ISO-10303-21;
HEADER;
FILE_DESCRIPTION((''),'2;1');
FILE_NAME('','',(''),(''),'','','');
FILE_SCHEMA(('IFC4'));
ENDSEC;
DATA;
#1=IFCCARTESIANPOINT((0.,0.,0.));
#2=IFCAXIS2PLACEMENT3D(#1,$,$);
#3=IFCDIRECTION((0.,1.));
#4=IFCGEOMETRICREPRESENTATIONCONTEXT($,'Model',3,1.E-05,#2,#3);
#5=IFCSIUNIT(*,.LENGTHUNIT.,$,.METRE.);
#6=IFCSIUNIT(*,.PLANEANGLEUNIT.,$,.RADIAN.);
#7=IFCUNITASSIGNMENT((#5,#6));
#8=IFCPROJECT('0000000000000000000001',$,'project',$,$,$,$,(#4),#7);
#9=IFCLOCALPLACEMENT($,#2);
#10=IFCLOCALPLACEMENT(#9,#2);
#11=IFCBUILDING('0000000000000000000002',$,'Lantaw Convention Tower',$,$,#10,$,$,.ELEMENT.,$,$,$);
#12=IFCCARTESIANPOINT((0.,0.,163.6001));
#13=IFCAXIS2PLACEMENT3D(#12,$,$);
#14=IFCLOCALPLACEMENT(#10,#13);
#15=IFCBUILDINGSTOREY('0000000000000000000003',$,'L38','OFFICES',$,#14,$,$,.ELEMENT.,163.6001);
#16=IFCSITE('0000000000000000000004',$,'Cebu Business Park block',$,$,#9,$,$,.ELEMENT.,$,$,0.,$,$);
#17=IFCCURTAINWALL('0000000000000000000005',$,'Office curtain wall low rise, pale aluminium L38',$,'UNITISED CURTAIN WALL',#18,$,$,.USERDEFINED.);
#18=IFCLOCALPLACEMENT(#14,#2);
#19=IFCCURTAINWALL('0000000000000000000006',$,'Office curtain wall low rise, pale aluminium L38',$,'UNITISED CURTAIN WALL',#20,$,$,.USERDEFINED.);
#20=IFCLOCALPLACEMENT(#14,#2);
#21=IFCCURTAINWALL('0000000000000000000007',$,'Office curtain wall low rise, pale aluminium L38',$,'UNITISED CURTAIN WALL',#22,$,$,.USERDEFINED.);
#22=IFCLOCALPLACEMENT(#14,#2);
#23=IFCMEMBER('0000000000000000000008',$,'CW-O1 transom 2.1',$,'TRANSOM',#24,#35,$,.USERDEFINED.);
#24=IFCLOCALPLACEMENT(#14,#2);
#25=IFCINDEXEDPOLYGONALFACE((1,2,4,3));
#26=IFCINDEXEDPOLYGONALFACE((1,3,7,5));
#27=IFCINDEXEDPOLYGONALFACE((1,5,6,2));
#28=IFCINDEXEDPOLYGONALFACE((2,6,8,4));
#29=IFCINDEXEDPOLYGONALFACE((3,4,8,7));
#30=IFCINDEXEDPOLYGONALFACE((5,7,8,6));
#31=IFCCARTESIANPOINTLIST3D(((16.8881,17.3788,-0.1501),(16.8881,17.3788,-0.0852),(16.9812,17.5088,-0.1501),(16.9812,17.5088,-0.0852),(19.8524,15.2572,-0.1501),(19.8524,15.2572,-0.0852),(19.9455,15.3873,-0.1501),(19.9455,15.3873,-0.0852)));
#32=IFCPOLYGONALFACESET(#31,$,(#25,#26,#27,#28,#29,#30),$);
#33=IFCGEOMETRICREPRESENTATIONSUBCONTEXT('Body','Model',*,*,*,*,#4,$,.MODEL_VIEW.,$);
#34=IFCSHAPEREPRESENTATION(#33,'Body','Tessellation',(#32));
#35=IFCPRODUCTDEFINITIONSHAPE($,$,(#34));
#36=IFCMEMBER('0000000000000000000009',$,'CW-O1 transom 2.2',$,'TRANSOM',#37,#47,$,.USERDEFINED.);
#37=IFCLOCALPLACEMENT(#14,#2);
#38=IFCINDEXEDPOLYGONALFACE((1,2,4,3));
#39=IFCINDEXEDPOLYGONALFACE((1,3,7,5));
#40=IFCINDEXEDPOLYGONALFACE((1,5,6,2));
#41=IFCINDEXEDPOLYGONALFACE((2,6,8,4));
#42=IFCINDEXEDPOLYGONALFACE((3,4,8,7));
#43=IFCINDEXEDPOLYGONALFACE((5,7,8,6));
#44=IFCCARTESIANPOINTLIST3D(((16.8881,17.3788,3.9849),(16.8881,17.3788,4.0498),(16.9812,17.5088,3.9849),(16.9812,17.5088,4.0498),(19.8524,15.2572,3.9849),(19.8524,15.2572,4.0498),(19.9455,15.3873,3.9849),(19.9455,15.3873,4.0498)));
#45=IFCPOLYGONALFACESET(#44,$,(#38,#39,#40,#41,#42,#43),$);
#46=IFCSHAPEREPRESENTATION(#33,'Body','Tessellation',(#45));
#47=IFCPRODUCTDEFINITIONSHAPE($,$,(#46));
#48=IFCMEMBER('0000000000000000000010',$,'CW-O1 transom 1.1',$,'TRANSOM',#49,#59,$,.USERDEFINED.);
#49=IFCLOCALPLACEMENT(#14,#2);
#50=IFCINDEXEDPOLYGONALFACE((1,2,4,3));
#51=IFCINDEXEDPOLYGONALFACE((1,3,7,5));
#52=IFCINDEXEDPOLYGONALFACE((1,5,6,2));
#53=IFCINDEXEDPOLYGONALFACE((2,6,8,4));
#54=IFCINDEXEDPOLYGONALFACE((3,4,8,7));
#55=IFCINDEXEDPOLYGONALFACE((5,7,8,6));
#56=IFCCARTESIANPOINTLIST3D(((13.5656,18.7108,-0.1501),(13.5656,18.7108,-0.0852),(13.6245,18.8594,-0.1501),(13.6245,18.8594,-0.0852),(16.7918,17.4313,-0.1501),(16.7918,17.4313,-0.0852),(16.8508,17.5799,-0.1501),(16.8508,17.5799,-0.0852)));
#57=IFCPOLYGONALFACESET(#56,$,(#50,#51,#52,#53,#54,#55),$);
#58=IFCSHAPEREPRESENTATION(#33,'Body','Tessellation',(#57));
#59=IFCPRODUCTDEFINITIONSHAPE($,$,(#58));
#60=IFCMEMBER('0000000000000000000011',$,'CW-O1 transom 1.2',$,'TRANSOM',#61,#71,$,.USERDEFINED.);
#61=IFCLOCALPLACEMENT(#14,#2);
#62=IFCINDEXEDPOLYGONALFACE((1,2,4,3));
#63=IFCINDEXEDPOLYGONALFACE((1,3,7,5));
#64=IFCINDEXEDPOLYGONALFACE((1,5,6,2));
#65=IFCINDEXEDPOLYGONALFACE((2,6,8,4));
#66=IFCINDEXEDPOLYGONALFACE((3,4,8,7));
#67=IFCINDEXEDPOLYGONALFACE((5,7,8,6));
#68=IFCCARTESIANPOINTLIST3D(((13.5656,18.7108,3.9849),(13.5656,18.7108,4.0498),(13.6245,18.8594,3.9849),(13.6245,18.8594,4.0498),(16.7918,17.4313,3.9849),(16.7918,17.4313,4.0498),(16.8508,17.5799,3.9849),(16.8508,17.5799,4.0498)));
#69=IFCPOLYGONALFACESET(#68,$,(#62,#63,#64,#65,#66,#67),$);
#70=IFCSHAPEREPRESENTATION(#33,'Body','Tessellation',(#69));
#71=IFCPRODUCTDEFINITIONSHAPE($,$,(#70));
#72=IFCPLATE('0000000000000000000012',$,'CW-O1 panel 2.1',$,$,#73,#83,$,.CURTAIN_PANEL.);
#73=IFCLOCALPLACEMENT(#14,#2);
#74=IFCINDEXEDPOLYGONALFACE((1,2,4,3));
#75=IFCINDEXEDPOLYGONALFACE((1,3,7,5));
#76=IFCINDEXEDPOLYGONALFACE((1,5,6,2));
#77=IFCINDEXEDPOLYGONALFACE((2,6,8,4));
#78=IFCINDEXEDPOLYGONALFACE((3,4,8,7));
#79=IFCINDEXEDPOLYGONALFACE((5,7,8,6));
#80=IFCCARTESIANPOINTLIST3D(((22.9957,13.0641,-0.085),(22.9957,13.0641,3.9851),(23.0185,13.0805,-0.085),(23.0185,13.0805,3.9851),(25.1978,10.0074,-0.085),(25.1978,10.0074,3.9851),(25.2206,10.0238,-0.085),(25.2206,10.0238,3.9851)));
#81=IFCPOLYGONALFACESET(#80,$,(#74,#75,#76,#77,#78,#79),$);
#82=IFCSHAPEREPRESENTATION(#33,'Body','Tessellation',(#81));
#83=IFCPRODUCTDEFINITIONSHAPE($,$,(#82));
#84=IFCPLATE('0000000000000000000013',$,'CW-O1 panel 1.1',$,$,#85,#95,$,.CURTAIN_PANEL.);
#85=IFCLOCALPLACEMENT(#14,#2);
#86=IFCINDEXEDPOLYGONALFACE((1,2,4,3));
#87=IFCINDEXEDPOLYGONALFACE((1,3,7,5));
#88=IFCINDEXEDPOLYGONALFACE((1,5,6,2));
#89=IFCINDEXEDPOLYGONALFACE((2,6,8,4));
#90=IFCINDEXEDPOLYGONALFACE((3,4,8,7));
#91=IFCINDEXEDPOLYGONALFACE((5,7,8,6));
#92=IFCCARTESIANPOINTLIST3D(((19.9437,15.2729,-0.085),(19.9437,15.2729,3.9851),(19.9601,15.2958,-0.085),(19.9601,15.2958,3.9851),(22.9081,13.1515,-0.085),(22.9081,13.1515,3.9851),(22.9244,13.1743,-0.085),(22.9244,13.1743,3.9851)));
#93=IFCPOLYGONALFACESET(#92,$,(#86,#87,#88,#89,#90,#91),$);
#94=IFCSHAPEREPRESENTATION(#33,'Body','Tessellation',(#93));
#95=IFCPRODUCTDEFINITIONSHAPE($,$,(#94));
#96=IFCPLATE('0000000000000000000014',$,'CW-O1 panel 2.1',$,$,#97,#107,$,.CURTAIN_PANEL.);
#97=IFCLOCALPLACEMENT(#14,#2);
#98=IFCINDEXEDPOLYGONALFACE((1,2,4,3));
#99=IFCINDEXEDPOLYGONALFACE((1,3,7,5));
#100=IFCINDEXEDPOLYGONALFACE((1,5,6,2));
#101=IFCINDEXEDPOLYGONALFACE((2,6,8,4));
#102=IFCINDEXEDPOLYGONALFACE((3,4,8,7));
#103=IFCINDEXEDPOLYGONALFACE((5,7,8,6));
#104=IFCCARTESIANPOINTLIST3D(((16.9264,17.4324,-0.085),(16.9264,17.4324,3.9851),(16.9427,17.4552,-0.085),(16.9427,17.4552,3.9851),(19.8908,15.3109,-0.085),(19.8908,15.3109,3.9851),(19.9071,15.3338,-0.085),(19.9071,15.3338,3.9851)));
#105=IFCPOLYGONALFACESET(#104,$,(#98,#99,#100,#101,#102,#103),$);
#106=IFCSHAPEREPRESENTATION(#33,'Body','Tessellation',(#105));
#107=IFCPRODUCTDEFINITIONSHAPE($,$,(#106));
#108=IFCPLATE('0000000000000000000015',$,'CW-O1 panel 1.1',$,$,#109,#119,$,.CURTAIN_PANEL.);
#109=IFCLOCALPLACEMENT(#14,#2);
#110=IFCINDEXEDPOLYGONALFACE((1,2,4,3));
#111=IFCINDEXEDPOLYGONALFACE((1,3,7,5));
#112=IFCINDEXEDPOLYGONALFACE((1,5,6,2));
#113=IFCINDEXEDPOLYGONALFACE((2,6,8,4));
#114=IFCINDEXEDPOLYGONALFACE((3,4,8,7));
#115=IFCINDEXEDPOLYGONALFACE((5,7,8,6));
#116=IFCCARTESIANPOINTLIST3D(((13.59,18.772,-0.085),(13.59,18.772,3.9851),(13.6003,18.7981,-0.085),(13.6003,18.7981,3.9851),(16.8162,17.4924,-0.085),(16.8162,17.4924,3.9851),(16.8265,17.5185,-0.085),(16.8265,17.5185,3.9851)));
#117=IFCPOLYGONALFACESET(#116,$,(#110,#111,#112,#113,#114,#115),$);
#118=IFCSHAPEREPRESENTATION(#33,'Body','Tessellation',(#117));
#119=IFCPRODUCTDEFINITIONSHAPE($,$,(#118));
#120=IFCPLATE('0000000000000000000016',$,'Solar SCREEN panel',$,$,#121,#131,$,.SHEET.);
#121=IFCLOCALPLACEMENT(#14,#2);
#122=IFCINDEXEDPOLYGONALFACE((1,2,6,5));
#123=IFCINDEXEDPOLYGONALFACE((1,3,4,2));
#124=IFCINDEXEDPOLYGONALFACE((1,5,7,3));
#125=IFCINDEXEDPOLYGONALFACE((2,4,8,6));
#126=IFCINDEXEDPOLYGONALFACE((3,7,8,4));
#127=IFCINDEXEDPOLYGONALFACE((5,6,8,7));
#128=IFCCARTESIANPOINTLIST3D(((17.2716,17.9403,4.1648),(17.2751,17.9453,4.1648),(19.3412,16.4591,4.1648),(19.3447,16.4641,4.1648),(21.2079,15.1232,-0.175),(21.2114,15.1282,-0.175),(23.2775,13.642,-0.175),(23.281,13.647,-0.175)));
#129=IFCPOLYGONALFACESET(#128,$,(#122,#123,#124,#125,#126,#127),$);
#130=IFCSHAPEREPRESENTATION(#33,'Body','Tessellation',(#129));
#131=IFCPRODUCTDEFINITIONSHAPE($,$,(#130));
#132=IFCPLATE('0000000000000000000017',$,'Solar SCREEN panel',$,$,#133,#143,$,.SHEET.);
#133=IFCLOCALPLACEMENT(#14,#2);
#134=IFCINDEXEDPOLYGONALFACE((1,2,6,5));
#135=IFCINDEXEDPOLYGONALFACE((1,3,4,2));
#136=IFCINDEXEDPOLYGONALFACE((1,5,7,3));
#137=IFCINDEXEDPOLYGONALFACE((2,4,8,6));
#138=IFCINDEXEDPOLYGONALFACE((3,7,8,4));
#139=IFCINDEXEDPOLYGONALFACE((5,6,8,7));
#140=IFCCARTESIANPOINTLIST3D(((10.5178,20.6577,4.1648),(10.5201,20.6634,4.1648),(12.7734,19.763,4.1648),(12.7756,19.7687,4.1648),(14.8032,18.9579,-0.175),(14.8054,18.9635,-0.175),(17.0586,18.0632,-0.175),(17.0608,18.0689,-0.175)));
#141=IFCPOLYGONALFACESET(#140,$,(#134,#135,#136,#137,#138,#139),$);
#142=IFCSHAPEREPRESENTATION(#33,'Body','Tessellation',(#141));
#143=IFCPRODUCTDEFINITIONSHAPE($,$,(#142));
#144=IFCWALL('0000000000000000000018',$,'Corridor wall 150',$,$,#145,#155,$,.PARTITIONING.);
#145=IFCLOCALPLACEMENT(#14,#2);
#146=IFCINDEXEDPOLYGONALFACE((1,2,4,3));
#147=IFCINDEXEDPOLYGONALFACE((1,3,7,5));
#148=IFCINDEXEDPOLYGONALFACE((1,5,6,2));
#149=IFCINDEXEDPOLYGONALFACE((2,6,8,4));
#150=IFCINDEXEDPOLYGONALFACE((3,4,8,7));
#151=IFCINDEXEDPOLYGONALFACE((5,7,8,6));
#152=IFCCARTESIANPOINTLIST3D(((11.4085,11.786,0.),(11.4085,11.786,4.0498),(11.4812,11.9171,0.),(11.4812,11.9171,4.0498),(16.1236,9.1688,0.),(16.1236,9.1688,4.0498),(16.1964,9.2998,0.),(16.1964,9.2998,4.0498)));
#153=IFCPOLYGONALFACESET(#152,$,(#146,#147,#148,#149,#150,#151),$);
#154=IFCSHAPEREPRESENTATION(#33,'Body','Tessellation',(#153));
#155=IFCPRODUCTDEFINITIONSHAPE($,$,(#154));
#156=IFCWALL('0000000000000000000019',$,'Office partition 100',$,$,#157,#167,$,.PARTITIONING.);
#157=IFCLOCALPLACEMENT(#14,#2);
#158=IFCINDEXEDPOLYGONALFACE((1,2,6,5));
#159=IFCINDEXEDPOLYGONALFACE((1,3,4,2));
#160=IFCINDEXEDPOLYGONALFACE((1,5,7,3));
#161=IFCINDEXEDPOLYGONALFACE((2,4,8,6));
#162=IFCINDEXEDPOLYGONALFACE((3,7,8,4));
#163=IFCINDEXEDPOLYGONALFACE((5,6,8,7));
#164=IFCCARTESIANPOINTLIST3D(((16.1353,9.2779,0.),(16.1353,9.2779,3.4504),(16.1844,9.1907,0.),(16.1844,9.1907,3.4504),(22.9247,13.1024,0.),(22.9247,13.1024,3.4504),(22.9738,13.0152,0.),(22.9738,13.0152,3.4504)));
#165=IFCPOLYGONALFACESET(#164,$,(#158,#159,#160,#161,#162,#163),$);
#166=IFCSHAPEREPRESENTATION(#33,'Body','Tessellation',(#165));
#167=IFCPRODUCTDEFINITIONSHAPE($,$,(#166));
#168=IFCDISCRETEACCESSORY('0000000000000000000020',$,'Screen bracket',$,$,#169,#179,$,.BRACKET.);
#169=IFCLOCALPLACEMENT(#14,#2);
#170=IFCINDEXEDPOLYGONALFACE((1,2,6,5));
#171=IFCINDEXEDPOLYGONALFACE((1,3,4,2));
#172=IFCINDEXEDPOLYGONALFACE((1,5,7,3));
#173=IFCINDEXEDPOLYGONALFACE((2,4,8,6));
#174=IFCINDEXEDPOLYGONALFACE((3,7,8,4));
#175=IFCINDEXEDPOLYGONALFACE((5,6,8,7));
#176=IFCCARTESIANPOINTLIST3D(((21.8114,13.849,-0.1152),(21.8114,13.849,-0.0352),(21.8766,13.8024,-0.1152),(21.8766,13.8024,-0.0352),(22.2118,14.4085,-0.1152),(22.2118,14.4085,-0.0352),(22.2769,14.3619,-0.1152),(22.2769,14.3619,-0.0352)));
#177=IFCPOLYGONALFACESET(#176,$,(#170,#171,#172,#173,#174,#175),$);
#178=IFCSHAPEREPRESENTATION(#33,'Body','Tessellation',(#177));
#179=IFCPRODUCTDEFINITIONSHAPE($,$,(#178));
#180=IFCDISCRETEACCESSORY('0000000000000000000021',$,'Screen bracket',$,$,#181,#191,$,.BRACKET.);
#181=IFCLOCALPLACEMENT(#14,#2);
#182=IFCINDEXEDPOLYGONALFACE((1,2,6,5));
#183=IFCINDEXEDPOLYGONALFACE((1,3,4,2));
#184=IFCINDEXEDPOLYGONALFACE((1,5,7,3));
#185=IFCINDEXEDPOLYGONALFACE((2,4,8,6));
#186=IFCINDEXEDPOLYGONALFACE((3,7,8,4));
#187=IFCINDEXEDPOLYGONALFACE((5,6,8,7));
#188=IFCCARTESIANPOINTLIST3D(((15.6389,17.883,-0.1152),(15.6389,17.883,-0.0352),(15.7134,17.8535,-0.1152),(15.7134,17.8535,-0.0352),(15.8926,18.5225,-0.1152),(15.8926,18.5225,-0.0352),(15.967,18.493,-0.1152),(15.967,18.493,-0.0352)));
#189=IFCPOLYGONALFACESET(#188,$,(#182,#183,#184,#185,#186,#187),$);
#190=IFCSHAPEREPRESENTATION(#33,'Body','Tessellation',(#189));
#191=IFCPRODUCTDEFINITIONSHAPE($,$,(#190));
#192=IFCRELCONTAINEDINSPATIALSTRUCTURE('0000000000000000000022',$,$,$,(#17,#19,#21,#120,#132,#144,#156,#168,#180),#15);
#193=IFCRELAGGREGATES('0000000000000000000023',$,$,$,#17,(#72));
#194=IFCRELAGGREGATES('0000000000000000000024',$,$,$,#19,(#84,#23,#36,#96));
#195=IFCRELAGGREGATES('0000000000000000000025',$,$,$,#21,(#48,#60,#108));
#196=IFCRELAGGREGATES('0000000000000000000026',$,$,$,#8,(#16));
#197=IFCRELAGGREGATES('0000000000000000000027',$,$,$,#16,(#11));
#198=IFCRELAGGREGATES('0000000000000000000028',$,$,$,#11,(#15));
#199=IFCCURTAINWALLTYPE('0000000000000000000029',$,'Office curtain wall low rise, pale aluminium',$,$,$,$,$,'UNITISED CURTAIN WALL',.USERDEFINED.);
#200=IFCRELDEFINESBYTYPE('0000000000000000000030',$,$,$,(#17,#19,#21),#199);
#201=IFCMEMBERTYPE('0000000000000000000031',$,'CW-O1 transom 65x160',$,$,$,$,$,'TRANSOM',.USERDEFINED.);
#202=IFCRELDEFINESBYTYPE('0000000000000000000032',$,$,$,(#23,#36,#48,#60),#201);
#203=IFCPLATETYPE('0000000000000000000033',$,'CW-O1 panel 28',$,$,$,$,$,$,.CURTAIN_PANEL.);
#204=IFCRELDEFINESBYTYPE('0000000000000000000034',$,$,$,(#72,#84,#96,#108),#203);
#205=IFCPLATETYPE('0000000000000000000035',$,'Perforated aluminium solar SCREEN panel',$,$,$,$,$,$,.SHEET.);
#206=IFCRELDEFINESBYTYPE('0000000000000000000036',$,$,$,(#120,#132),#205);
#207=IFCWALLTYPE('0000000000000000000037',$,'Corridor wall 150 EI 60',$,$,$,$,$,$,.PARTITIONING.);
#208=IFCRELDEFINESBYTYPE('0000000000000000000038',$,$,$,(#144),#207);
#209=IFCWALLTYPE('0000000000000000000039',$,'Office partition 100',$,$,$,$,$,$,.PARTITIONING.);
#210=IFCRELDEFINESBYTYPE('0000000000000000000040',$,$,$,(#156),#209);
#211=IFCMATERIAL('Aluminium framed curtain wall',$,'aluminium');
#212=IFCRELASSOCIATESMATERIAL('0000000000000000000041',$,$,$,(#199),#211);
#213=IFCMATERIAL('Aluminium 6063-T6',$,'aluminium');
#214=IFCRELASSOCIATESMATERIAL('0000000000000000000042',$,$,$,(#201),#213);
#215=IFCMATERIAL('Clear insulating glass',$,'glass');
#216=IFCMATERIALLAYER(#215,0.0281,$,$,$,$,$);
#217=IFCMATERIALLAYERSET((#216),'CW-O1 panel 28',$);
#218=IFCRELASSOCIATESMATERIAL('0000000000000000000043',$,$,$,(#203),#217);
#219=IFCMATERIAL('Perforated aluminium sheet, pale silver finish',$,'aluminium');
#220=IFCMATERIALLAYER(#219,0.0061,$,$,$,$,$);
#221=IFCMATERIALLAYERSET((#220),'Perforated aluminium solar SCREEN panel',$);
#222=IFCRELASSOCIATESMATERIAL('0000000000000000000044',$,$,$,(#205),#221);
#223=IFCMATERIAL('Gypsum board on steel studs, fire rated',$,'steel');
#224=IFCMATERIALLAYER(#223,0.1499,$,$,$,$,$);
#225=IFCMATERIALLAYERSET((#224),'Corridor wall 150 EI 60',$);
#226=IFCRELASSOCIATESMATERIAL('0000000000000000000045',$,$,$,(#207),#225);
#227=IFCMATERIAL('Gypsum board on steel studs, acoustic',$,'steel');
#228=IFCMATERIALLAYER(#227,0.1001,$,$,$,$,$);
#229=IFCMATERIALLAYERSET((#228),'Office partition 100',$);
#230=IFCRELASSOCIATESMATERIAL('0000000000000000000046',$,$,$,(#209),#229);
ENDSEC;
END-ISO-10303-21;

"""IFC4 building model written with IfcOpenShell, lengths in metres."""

from ifc_helpers import new_model, si_unit, direction, frame, frame_2d, origin, origin_2d, place, context, subcontext, project, spatial, polyline, rectangle, outline, extrude, material, layer, layer_set, material_profile, profile_set, type_object, element, aggregate, save


model = new_model("IFC4")

# Units and contexts
model_context = context("Model", 3, precision=1e-05, world=origin(), true_north=direction((0.0, 1.0)))
body_context = subcontext(model_context, "Body", "Model", "MODEL_VIEW")
ifc_project = project(units=[si_unit("LENGTHUNIT", "METRE"), si_unit("PLANEANGLEUNIT", "RADIAN")], contexts=[model_context])

# Site, building, storey
site_placement = place(None, origin())
site = spatial("IfcSite", under=ifc_project, at=site_placement, Name="Cebu Business Park block", CompositionType="ELEMENT", RefElevation=0.0)
building_placement = place(site_placement, origin())
building = spatial("IfcBuilding", under=site, at=building_placement, Name="Lantaw Convention Tower", CompositionType="ELEMENT")
storey_placement = place(building_placement, frame((0.0, 0.0, 163.6001)))
storey = spatial("IfcBuildingStorey", under=building, at=storey_placement, Name="L38", Description="OFFICES", CompositionType="ELEMENT", Elevation=163.6001)

# Curtain walls
ifc_material_1 = material(Name="Aluminium framed curtain wall", Category="aluminium")
curtain_wall_type = type_object("IfcCurtainWallType", Name="Office curtain wall low rise, pale aluminium", ElementType="UNITISED CURTAIN WALL", PredefinedType="USERDEFINED", material=ifc_material_1)
curtain_wall_1_placement = place(storey_placement, origin())
curtain_wall_1 = element("IfcCurtainWall", 1, at=curtain_wall_1_placement, inside=storey, type_object=curtain_wall_type, Name="Office curtain wall low rise, pale aluminium L38", ObjectType="UNITISED CURTAIN WALL", PredefinedType="USERDEFINED")
ifc_material_2 = material(Name="Aluminium 6063-T6", Category="aluminium")
curtain_wall_2_placement = place(storey_placement, origin())
curtain_wall_2 = element("IfcCurtainWall", 2, at=curtain_wall_2_placement, inside=storey, type_object=curtain_wall_type, Name="Office curtain wall low rise, pale aluminium L38", ObjectType="UNITISED CURTAIN WALL", PredefinedType="USERDEFINED")
curtain_wall_3_placement = place(storey_placement, origin())
curtain_wall_3 = element("IfcCurtainWall", 3, at=curtain_wall_3_placement, inside=storey, type_object=curtain_wall_type, Name="Office curtain wall low rise, pale aluminium L38", ObjectType="UNITISED CURTAIN WALL", PredefinedType="USERDEFINED")

# Members
ifc_material_profile_1 = material_profile(ifc_material_2, rectangle(XDim=0.1599, YDim=0.0649, at=origin_2d()), Name="CW-O1 transom 65x160")
ifc_profile_set_1 = profile_set([ifc_material_profile_1], Name="Aluminium 6063-T6")
member_type_1 = type_object("IfcMemberType", Name="CW-O1 transom 65x160", ElementType="TRANSOM", PredefinedType="USERDEFINED", material=ifc_profile_set_1)
member_1_placement = place(storey_placement, frame((19.8989, 15.3223, -0.1177), z_axis=(-0.81319, 0.581998, 0.0), x_axis=(-0.581998, -0.81319, 0.0)))
member_1 = element("IfcMember", 4, at=member_1_placement, type_object=member_type_1, Name="CW-O1 transom 2.1", ObjectType="TRANSOM", PredefinedType="USERDEFINED", context=body_context, shape_type="SweptSolid", body=[
    extrude(rectangle(XDim=0.1599, YDim=0.0649, at=origin_2d()), origin(), (0.0, 0.0, 1.0), 3.6453),
])
member_2_placement = place(storey_placement, frame((19.8989, 15.3223, 4.0173), z_axis=(-0.81319, 0.581998, 0.0), x_axis=(-0.581998, -0.81319, 0.0)))
member_2 = element("IfcMember", 5, at=member_2_placement, type_object=member_type_1, Name="CW-O1 transom 2.2", ObjectType="TRANSOM", PredefinedType="USERDEFINED", context=body_context, shape_type="SweptSolid", body=[
    extrude(rectangle(XDim=0.1599, YDim=0.0649, at=origin_2d()), origin(), (0.0, 0.0, 1.0), 3.6453),
])
member_3_placement = place(storey_placement, frame((16.8213, 17.5056, -0.1177), z_axis=(-0.929564, 0.36866, 0.0), x_axis=(-0.36866, -0.929564, 0.0)))
member_3 = element("IfcMember", 6, at=member_3_placement, type_object=member_type_1, Name="CW-O1 transom 1.1", ObjectType="TRANSOM", PredefinedType="USERDEFINED", context=body_context, shape_type="SweptSolid", body=[
    extrude(rectangle(XDim=0.1599, YDim=0.0649, at=origin_2d()), origin(), (0.0, 0.0, 1.0), 3.4707),
])
member_4_placement = place(storey_placement, frame((16.8213, 17.5056, 4.0173), z_axis=(-0.929564, 0.36866, 0.0), x_axis=(-0.36866, -0.929564, 0.0)))
member_4 = element("IfcMember", 7, at=member_4_placement, type_object=member_type_1, Name="CW-O1 transom 1.2", ObjectType="TRANSOM", PredefinedType="USERDEFINED", context=body_context, shape_type="SweptSolid", body=[
    extrude(rectangle(XDim=0.1599, YDim=0.0649, at=origin_2d()), origin(), (0.0, 0.0, 1.0), 3.4707),
])

# Plates
ifc_material_3 = material(Name="Clear insulating glass", Category="glass")
ifc_layer_1 = layer(ifc_material_3, 0.0281)
ifc_layer_set_1 = layer_set([ifc_layer_1], Name="CW-O1 panel 28")
plate_type_1 = type_object("IfcPlateType", Name="CW-O1 panel 28", PredefinedType="CURTAIN_PANEL", material=ifc_layer_set_1)
plate_1_placement = place(storey_placement, frame((24.1082, 11.5439, -0.085), z_axis=(0.0, 0.0, 1.0), x_axis=(-0.584513, 0.811385, 0.0)))
plate_1 = element("IfcPlate", 8, at=plate_1_placement, type_object=plate_type_1, Name="CW-O1 panel 2.1", PredefinedType="CURTAIN_PANEL", context=body_context, shape_type="SweptSolid", body=[
    extrude(rectangle(XDim=3.7673, YDim=0.0281, at=origin_2d()), origin(), (0.0, 0.0, 1.0), 4.0701),
])
aggregate(curtain_wall_1, [plate_1])
plate_2_placement = place(storey_placement, frame((21.4341, 14.2236, -0.085), z_axis=(0.0, 0.0, 1.0), x_axis=(-0.813208, 0.581973, 0.0)))
plate_2 = element("IfcPlate", 9, at=plate_2_placement, type_object=plate_type_1, Name="CW-O1 panel 1.1", PredefinedType="CURTAIN_PANEL", context=body_context, shape_type="SweptSolid", body=[
    extrude(rectangle(XDim=3.6453, YDim=0.0281, at=origin_2d()), origin(), (0.0, 0.0, 1.0), 4.0701),
])
plate_3_placement = place(storey_placement, frame((18.4167, 16.3831, -0.085), z_axis=(0.0, 0.0, 1.0), x_axis=(-0.813208, 0.581973, 0.0)))
plate_3 = element("IfcPlate", 10, at=plate_3_placement, type_object=plate_type_1, Name="CW-O1 panel 2.1", PredefinedType="CURTAIN_PANEL", context=body_context, shape_type="SweptSolid", body=[
    extrude(rectangle(XDim=3.6453, YDim=0.0281, at=origin_2d()), origin(), (0.0, 0.0, 1.0), 4.0701),
])
aggregate(curtain_wall_2, [plate_2, member_1, member_2, plate_3])
plate_4_placement = place(storey_placement, frame((15.2083, 18.1453, -0.085), z_axis=(0.0, 0.0, 1.0), x_axis=(-0.929548, 0.368702, 0.0)))
plate_4 = element("IfcPlate", 11, at=plate_4_placement, type_object=plate_type_1, Name="CW-O1 panel 1.1", PredefinedType="CURTAIN_PANEL", context=body_context, shape_type="SweptSolid", body=[
    extrude(rectangle(XDim=3.4707, YDim=0.0281, at=origin_2d()), origin(), (0.0, 0.0, 1.0), 4.0701),
])
aggregate(curtain_wall_3, [member_3, member_4, plate_4])

# Plates
ifc_material_4 = material(Name="Perforated aluminium sheet, pale silver finish", Category="aluminium")
ifc_layer_2 = layer(ifc_material_4, 0.0061)
ifc_layer_set_2 = layer_set([ifc_layer_2], Name="Perforated aluminium solar SCREEN panel")
plate_type_2 = type_object("IfcPlateType", Name="Perforated aluminium solar SCREEN panel", PredefinedType="SHEET", material=ifc_layer_set_2)
plate_5_placement = place(storey_placement, frame((23.281, 13.647, -0.175), z_axis=(0.582, 0.813189, 0.000012), x_axis=(-0.813189, 0.582, 0.0)))
element("IfcPlate", 12, at=plate_5_placement, inside=storey, type_object=plate_type_2, Name="Solar SCREEN panel", PredefinedType="SHEET", context=body_context, shape_type="SweptSolid", body=[
    extrude(outline(polyline([(0.0, 0.0), (2.545, 0.0), (7.3855, 4.3398), (4.8405, 4.3398), (0.0, 0.0)])), origin(), (0.0, 0.0, -1.0), 0.0061),
])
plate_6_placement = place(storey_placement, frame((17.0586, 18.0632, -0.175), z_axis=(-0.368709, -0.929545, 0.000011), x_axis=(-0.929545, 0.368709, 0.0)))
element("IfcPlate", 13, at=plate_6_placement, inside=storey, type_object=plate_type_2, Name="Solar SCREEN panel", PredefinedType="SHEET", context=body_context, shape_type="SweptSolid", body=[
    extrude(outline(polyline([(0.0, 0.0), (2.4264, 0.0), (7.0365, -4.3398), (4.61, -4.3398), (0.0, 0.0)])), origin(), (0.0, 0.0, -1.0), 0.0061),
])

# Walls
ifc_material_5 = material(Name="Gypsum board on steel studs, fire rated", Category="steel")
ifc_layer_3 = layer(ifc_material_5, 0.1499)
ifc_layer_set_3 = layer_set([ifc_layer_3], Name="Corridor wall 150 EI 60")
wall_type_1 = type_object("IfcWallType", Name="Corridor wall 150 EI 60", PredefinedType="PARTITIONING", material=ifc_layer_set_3)
wall_1_placement = place(storey_placement, frame((16.1599, 9.2344, 0.0), z_axis=(0.0, 0.0, 1.0), x_axis=(-0.874339, 0.485316, 0.0)))
element("IfcWall", 14, at=wall_1_placement, inside=storey, type_object=wall_type_1, Name="Corridor wall 150", PredefinedType="PARTITIONING", context=body_context, shape_type="SweptSolid", body=[
    extrude(rectangle(XDim=5.3928, YDim=0.1499, at=frame_2d((2.6963, 0.0))), origin(), (0.0, 0.0, 1.0), 4.0498),
])
ifc_material_6 = material(Name="Gypsum board on steel studs, acoustic", Category="steel")
ifc_layer_4 = layer(ifc_material_6, 0.1001)
ifc_layer_set_4 = layer_set([ifc_layer_4], Name="Office partition 100")
wall_type_2 = type_object("IfcWallType", Name="Office partition 100", PredefinedType="PARTITIONING", material=ifc_layer_set_4)
wall_2_placement = place(storey_placement, frame((22.9492, 13.0588, 0.0), z_axis=(0.0, 0.0, 1.0), x_axis=(-0.871275, -0.490795, 0.0)))
element("IfcWall", 15, at=wall_2_placement, inside=storey, type_object=wall_type_2, Name="Office partition 100", PredefinedType="PARTITIONING", context=body_context, shape_type="SweptSolid", body=[
    extrude(rectangle(XDim=7.7925, YDim=0.1001, at=frame_2d((3.8962, 0.0))), origin(), (0.0, 0.0, 1.0), 3.4504),
])

# Discrete accessories
for number, where, z_axis, x_axis, name in (
    (16, (22.0442, 14.1055, -0.1152), (0.0, 0.0, 1.0), (-0.813208, 0.581973, 0.0), "Screen bracket"),
    (17, (15.803, 18.188, -0.1152), (0.0, 0.0, 1.0), (-0.929548, 0.368702, 0.0), "Screen bracket"),
):
    element("IfcDiscreteAccessory", number, at=place(storey_placement, frame(where, z_axis=z_axis, x_axis=x_axis)), inside=storey, Name=name, PredefinedType="BRACKET", context=body_context, shape_type="SweptSolid", body=[
        extrude(rectangle(XDim=0.0801, YDim=0.688, at=origin_2d()), origin(), (0.0, 0.0, 1.0), 0.0801),
    ])

save(model, "model.ifc")
